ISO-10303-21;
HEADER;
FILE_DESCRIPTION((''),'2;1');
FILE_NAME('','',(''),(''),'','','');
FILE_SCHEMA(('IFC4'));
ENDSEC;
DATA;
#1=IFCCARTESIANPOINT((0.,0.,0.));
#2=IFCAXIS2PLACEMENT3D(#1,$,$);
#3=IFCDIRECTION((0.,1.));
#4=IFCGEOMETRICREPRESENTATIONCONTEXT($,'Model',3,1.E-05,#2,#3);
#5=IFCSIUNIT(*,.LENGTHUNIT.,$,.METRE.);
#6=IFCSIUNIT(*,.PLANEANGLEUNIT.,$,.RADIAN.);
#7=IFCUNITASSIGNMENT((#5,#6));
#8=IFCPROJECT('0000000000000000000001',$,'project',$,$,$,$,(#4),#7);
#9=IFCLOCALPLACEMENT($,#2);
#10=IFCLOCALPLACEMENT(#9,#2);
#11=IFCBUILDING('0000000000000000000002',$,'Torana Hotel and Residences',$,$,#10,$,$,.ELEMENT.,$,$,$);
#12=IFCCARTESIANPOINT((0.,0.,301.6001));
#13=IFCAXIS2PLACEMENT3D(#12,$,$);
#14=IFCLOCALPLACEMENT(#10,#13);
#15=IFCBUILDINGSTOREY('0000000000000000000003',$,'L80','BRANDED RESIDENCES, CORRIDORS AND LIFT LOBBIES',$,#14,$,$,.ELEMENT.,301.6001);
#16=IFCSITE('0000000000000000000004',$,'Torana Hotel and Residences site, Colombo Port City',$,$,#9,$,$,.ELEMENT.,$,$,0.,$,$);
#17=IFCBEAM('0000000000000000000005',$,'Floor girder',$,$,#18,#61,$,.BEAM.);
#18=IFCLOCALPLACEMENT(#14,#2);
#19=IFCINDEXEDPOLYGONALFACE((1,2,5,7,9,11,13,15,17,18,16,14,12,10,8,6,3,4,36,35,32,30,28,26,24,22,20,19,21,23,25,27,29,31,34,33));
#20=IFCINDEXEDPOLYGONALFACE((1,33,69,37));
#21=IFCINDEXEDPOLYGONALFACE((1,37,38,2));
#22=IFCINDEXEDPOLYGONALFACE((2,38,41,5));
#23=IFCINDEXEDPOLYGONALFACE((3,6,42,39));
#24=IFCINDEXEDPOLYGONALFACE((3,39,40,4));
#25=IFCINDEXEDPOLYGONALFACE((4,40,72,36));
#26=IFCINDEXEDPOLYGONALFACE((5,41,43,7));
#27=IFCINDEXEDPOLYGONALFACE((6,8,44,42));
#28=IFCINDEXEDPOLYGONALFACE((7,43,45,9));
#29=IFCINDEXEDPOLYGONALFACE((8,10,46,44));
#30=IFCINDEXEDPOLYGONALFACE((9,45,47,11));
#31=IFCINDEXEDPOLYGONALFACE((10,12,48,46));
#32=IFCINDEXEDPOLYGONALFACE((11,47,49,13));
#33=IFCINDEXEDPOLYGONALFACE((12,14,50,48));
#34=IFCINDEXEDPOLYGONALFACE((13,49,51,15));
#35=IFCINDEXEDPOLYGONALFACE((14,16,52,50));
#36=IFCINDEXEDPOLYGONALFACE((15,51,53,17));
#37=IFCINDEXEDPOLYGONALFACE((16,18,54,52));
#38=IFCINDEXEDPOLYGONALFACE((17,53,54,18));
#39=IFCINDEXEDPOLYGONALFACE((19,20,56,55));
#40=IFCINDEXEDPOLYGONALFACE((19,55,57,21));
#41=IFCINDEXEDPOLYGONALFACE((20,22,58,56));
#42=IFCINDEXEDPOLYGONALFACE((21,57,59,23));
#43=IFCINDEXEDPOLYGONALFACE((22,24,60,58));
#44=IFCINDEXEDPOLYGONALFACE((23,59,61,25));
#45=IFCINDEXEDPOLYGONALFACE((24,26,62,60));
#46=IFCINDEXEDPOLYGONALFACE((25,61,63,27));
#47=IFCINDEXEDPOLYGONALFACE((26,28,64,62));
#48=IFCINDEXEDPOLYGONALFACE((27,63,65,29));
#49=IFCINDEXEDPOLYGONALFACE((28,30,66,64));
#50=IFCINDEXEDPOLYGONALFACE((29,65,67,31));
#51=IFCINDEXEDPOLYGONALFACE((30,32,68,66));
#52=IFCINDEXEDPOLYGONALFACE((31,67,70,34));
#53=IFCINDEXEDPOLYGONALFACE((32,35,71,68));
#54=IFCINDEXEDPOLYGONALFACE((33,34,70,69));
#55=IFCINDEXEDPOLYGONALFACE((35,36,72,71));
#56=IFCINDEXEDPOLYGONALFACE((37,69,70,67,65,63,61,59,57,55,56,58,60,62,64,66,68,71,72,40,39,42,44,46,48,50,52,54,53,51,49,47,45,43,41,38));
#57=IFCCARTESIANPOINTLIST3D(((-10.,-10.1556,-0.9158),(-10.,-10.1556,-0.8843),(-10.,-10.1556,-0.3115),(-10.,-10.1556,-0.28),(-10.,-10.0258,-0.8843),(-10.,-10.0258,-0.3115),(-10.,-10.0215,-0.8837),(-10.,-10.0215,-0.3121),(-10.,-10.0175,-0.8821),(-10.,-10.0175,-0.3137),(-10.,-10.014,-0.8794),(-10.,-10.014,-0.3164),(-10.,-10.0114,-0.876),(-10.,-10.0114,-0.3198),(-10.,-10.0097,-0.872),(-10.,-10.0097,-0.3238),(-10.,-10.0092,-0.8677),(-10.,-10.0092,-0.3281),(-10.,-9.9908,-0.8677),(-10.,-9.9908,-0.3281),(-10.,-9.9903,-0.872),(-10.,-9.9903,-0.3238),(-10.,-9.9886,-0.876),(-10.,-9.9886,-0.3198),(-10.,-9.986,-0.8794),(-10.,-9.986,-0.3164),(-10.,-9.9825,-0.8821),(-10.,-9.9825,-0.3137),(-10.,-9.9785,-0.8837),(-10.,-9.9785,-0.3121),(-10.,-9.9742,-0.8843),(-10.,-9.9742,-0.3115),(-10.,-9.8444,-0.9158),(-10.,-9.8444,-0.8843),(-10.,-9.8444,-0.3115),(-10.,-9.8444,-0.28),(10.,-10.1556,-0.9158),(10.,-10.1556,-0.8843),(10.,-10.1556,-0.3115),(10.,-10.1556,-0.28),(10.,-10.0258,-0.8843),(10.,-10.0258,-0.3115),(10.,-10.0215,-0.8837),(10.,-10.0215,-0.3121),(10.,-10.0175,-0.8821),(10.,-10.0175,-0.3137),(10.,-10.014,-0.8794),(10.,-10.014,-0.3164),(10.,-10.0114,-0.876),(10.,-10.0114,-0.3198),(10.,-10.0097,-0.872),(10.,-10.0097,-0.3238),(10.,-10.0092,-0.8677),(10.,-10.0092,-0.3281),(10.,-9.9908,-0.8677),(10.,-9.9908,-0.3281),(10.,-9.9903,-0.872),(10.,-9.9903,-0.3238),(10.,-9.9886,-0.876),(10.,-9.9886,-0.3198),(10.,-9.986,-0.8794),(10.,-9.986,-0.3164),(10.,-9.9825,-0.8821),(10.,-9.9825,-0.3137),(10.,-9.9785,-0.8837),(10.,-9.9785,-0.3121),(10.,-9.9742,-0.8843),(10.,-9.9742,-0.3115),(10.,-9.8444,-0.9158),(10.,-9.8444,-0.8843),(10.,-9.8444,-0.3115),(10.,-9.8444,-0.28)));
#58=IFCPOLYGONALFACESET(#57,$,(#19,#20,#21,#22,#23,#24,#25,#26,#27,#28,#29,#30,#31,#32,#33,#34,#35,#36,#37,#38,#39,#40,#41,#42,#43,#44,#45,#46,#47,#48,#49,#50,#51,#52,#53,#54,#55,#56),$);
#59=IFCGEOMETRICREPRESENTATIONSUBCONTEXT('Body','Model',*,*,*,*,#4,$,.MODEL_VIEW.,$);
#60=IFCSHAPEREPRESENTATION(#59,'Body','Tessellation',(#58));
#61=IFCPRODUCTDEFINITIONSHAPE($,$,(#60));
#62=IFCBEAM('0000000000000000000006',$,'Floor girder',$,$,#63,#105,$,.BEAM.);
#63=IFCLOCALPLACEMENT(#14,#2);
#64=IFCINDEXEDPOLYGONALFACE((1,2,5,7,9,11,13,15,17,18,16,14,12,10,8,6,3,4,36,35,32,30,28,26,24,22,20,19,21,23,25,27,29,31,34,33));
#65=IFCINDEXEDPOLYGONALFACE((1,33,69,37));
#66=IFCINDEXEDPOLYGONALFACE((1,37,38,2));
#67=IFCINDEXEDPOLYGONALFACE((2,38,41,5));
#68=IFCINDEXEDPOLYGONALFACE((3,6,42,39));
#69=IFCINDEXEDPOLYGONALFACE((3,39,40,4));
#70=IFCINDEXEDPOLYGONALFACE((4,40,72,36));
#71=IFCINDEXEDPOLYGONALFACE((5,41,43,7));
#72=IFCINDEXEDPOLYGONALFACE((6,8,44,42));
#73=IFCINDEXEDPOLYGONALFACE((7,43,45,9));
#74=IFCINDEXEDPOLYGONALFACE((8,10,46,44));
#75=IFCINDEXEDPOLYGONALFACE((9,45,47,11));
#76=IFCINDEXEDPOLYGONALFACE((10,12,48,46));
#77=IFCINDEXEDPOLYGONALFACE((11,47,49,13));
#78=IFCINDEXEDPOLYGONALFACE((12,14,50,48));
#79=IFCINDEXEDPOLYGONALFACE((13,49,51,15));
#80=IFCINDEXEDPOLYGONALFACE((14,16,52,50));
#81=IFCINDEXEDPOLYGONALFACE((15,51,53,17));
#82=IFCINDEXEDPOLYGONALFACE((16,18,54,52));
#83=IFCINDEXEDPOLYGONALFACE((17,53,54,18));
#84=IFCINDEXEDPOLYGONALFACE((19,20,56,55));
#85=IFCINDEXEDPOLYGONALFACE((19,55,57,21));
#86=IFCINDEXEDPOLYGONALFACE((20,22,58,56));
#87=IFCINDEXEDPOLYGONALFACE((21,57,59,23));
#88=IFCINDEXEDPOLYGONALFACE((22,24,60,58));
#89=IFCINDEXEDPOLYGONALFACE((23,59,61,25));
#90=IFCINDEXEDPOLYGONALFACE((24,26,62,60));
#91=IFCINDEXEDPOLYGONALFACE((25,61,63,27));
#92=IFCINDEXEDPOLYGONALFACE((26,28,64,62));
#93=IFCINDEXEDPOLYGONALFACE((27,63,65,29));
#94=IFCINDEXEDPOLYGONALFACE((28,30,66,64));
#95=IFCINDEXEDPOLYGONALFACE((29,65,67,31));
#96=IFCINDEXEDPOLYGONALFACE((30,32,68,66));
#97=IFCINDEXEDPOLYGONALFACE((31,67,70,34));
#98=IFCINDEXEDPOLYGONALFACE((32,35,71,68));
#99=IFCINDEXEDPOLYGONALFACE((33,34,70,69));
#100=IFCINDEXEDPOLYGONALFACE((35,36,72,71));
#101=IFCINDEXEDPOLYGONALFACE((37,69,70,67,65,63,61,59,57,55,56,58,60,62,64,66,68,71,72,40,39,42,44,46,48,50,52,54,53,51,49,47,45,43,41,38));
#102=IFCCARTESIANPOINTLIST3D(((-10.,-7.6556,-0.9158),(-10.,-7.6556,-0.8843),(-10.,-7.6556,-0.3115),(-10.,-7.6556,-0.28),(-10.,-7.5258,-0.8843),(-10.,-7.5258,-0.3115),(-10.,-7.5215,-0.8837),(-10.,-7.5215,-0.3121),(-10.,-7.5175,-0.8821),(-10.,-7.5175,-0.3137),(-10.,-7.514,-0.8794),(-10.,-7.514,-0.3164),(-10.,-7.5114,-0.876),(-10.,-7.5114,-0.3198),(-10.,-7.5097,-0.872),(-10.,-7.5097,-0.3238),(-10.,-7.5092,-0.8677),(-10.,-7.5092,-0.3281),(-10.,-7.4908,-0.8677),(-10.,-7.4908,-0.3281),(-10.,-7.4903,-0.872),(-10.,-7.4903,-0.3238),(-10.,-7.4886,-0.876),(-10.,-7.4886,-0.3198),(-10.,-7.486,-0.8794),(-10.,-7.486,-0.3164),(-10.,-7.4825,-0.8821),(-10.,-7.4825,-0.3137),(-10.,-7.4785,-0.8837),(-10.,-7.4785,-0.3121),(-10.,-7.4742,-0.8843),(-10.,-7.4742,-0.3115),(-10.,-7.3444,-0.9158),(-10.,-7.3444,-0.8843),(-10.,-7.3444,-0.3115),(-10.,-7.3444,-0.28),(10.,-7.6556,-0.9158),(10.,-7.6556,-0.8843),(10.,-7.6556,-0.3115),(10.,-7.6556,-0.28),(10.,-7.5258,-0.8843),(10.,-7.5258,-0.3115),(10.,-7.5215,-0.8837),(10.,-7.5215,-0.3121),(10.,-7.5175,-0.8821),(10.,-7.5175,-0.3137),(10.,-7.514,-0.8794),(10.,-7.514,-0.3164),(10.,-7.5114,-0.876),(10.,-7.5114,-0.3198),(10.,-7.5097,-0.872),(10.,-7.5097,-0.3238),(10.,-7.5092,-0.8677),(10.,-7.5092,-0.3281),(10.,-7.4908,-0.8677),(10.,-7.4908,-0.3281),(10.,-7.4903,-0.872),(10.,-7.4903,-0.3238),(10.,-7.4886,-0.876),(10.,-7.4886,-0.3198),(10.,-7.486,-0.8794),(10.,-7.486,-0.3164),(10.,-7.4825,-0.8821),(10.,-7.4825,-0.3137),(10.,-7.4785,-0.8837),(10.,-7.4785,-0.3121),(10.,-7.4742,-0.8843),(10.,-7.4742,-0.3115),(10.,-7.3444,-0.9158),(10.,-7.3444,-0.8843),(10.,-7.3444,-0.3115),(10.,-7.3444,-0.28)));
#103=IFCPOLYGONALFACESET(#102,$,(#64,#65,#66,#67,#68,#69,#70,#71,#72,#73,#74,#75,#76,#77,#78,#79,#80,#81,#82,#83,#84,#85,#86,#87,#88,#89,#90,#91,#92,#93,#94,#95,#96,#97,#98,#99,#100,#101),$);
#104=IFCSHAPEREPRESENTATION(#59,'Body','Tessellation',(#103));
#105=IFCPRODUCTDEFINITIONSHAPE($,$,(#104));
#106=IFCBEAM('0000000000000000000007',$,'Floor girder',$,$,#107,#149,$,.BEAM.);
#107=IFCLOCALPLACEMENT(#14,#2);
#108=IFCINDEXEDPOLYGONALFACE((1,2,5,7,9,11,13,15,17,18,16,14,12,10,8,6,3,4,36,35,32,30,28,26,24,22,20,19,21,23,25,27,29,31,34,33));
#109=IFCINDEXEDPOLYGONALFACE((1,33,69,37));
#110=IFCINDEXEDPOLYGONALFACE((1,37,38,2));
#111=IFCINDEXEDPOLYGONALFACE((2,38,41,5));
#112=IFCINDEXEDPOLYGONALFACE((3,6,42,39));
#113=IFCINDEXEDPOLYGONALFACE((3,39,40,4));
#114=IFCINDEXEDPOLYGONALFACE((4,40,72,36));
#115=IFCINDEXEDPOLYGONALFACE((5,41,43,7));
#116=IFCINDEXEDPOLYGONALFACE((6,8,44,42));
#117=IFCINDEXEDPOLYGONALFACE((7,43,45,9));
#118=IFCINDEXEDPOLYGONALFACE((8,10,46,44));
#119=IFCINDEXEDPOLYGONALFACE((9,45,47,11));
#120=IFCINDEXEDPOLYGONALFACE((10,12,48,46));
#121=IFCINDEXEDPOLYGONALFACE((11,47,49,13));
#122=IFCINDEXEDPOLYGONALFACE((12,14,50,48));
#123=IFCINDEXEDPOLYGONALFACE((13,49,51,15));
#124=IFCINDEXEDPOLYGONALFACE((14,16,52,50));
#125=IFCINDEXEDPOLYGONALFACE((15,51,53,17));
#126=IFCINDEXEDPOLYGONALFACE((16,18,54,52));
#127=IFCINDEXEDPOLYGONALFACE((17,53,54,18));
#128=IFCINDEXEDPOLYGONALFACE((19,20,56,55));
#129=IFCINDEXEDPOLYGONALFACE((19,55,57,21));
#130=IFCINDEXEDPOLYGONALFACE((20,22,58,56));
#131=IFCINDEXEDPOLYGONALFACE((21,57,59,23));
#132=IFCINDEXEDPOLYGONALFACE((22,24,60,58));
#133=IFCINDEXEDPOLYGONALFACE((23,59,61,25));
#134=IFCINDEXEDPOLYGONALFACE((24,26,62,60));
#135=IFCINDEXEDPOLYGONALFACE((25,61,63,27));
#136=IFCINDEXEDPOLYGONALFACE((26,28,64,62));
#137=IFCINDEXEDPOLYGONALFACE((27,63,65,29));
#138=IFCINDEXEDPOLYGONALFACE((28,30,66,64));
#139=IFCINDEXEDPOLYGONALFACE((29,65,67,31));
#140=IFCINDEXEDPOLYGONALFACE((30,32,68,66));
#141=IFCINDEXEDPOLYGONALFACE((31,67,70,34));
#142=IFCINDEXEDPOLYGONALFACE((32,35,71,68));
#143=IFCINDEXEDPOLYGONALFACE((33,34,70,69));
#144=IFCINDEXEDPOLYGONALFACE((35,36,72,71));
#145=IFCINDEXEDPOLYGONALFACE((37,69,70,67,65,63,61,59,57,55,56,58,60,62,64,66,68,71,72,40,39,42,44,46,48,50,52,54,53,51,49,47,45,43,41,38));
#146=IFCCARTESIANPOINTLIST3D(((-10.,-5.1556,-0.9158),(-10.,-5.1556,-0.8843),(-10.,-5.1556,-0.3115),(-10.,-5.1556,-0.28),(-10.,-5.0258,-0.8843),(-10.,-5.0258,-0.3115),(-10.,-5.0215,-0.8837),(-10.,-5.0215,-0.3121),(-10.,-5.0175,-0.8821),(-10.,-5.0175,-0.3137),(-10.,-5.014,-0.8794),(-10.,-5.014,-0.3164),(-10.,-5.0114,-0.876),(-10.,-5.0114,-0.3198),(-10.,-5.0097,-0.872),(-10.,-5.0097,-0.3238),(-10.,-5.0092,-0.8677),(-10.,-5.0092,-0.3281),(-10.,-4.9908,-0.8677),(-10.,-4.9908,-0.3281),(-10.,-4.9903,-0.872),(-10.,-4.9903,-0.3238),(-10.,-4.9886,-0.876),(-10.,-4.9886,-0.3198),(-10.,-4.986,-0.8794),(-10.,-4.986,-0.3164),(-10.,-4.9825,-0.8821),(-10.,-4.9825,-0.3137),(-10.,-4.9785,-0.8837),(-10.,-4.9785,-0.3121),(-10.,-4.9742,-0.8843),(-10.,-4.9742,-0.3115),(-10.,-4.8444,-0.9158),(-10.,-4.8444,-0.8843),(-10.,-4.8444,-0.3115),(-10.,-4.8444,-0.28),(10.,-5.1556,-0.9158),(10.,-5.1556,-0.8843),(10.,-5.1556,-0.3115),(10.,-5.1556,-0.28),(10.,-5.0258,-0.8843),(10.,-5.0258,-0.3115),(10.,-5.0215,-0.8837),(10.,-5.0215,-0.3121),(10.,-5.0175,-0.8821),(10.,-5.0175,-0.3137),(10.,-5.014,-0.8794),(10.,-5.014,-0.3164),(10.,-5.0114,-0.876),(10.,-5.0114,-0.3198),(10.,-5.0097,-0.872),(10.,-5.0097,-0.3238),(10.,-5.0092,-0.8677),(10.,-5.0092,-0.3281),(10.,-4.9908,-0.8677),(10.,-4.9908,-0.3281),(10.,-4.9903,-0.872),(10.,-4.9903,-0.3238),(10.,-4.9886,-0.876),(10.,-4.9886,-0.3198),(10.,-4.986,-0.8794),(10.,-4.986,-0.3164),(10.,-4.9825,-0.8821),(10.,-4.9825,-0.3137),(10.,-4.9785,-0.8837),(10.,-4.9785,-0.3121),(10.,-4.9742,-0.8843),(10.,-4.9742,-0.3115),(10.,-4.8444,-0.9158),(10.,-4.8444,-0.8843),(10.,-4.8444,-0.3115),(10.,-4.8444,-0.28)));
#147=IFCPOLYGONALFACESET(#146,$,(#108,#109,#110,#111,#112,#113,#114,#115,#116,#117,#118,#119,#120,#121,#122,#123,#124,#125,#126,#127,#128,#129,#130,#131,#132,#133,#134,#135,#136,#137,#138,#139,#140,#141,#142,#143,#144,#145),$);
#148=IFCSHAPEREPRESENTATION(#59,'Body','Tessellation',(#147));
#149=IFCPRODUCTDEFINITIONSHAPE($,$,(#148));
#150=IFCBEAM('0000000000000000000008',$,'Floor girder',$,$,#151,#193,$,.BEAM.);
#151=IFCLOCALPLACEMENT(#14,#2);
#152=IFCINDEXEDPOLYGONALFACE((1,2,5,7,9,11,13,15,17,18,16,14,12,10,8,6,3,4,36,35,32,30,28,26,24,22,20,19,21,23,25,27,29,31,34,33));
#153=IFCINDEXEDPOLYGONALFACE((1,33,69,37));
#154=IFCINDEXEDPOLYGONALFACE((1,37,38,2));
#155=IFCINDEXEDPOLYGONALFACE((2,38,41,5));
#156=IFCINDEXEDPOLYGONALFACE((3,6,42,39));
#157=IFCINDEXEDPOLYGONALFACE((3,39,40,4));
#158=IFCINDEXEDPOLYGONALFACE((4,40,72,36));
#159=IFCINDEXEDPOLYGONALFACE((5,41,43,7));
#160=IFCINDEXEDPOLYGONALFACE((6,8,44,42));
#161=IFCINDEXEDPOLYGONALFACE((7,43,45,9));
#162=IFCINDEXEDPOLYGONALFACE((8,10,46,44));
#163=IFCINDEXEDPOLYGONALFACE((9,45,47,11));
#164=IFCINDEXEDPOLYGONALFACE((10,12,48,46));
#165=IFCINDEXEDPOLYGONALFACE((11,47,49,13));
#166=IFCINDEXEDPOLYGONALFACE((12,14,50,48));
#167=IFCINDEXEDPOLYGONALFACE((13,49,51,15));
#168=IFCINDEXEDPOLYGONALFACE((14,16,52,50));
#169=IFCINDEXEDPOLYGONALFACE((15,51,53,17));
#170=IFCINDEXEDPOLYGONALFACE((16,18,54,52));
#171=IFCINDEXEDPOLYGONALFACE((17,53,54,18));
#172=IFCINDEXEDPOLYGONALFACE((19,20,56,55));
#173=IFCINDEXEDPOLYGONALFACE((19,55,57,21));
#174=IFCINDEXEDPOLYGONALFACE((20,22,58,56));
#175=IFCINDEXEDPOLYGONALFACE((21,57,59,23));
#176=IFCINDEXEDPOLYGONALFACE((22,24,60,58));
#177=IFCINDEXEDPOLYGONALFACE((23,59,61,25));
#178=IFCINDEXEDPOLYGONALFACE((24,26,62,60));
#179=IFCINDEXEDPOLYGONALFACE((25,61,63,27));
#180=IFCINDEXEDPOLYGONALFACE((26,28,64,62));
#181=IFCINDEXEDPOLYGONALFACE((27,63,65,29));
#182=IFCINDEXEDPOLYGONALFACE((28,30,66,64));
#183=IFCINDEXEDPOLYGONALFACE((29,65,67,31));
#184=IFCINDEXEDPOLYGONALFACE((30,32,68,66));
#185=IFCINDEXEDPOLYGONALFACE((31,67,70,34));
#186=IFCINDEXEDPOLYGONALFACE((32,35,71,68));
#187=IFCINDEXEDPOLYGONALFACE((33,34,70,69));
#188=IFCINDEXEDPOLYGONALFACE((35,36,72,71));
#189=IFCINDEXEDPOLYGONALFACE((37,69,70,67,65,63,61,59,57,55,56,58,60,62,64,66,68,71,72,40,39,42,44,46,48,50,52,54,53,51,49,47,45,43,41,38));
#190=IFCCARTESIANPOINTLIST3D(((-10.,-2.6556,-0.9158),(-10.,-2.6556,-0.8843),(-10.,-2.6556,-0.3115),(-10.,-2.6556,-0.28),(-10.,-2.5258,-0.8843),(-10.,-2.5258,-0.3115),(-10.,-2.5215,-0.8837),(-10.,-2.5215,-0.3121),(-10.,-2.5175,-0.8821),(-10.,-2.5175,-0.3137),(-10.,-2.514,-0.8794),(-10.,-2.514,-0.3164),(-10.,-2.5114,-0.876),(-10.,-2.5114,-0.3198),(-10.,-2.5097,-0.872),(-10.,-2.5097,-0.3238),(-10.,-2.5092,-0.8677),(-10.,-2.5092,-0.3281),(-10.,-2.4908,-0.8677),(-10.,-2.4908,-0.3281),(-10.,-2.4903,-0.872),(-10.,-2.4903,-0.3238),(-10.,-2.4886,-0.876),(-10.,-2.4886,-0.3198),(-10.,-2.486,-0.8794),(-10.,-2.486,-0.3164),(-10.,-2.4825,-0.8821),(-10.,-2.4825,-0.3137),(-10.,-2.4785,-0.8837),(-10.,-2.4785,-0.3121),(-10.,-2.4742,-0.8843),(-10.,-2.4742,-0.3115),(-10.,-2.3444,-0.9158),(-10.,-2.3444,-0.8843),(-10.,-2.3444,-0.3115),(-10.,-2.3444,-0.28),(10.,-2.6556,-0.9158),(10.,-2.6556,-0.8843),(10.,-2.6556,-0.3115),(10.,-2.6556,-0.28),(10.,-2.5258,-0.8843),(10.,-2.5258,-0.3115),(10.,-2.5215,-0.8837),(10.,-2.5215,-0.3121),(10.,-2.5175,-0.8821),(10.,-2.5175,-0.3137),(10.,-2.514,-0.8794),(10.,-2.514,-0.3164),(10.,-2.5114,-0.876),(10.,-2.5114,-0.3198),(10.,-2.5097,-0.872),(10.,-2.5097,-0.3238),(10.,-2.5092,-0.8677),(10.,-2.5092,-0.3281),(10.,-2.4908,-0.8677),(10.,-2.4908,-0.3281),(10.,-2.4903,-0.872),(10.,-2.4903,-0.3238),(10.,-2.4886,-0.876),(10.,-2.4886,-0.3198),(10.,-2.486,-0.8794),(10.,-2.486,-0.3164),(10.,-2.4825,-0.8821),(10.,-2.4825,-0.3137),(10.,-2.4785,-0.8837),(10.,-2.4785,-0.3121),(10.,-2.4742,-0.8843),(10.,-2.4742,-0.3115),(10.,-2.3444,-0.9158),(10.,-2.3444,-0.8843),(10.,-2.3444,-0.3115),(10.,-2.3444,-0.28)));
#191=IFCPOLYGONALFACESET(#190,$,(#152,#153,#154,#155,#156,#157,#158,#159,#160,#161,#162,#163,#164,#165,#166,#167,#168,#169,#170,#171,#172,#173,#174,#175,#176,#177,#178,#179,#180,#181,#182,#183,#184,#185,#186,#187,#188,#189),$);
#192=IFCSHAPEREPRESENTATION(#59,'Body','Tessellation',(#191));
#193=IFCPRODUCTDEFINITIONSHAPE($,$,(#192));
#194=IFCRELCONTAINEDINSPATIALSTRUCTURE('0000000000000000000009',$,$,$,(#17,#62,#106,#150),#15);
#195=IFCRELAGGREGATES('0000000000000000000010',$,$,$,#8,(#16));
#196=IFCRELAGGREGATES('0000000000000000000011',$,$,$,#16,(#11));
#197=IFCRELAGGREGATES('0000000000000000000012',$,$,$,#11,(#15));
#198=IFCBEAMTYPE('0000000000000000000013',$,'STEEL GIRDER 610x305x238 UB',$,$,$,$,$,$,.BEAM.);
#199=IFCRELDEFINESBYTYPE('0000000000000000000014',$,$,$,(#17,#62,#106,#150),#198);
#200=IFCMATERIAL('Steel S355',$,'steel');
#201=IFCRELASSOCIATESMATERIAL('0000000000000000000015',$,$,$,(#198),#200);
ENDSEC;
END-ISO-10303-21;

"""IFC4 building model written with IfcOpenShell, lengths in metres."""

from ifc_helpers import new_model, si_unit, direction, frame, origin, origin_2d, place, context, subcontext, project, spatial, i_section, extrude, material, material_profile, profile_set, type_object, element, save


model = new_model("IFC4")

# Units and contexts
model_context = context("Model", 3, precision=1e-05, world=origin(), true_north=direction((0.0, 1.0)))
body_context = subcontext(model_context, "Body", "Model", "MODEL_VIEW")
ifc_project = project(units=[si_unit("LENGTHUNIT", "METRE"), si_unit("PLANEANGLEUNIT", "RADIAN")], contexts=[model_context])

# Site, building, storey
site_placement = place(None, origin())
site = spatial("IfcSite", under=ifc_project, at=site_placement, Name="Torana Hotel and Residences site, Colombo Port City", CompositionType="ELEMENT", RefElevation=0.0)
building_placement = place(site_placement, origin())
building = spatial("IfcBuilding", under=site, at=building_placement, Name="Torana Hotel and Residences", CompositionType="ELEMENT")
storey_placement = place(building_placement, frame((0.0, 0.0, 301.6001)))
storey = spatial("IfcBuildingStorey", under=building, at=storey_placement, Name="L80", Description="BRANDED RESIDENCES, CORRIDORS AND LIFT LOBBIES", CompositionType="ELEMENT", Elevation=301.6001)

# Beams
ifc_material_1 = material(Name="Steel S355", Category="steel")
ifc_material_profile = material_profile(ifc_material_1, i_section(OverallWidth=0.3113, OverallDepth=0.6357, WebThickness=0.0183, FlangeThickness=0.0315, FilletRadius=0.0166, at=origin_2d()), Name="610x305x238 UB")
ifc_profile_set = profile_set([ifc_material_profile], Name="Steel S355")
beam_type = type_object("IfcBeamType", Name="STEEL GIRDER 610x305x238 UB", PredefinedType="BEAM", material=ifc_profile_set)
for number, where, z_axis, x_axis, name in (
    (1, (-10.0, -10.0, -0.5979), (1.0, 0.0, 0.0), (0.0, 1.0, 0.0), "Floor girder"),
    (2, (-10.0, -7.5, -0.5979), (1.0, 0.0, 0.0), (0.0, 1.0, 0.0), "Floor girder"),
    (3, (-10.0, -5.0, -0.5979), (1.0, 0.0, 0.0), (0.0, 1.0, 0.0), "Floor girder"),
    (4, (-10.0, -2.5, -0.5979), (1.0, 0.0, 0.0), (0.0, 1.0, 0.0), "Floor girder"),
):
    element("IfcBeam", number, at=place(storey_placement, frame(where, z_axis=z_axis, x_axis=x_axis)), inside=storey, type_object=beam_type, Name=name, PredefinedType="BEAM", context=body_context, shape_type="SweptSolid", body=[
        extrude(i_section(OverallWidth=0.3113, OverallDepth=0.6357, WebThickness=0.0183, FlangeThickness=0.0315, FilletRadius=0.0166, at=origin_2d()), origin(), (0.0, 0.0, 1.0), 20.0),
    ])

save(model, "model.ifc")
